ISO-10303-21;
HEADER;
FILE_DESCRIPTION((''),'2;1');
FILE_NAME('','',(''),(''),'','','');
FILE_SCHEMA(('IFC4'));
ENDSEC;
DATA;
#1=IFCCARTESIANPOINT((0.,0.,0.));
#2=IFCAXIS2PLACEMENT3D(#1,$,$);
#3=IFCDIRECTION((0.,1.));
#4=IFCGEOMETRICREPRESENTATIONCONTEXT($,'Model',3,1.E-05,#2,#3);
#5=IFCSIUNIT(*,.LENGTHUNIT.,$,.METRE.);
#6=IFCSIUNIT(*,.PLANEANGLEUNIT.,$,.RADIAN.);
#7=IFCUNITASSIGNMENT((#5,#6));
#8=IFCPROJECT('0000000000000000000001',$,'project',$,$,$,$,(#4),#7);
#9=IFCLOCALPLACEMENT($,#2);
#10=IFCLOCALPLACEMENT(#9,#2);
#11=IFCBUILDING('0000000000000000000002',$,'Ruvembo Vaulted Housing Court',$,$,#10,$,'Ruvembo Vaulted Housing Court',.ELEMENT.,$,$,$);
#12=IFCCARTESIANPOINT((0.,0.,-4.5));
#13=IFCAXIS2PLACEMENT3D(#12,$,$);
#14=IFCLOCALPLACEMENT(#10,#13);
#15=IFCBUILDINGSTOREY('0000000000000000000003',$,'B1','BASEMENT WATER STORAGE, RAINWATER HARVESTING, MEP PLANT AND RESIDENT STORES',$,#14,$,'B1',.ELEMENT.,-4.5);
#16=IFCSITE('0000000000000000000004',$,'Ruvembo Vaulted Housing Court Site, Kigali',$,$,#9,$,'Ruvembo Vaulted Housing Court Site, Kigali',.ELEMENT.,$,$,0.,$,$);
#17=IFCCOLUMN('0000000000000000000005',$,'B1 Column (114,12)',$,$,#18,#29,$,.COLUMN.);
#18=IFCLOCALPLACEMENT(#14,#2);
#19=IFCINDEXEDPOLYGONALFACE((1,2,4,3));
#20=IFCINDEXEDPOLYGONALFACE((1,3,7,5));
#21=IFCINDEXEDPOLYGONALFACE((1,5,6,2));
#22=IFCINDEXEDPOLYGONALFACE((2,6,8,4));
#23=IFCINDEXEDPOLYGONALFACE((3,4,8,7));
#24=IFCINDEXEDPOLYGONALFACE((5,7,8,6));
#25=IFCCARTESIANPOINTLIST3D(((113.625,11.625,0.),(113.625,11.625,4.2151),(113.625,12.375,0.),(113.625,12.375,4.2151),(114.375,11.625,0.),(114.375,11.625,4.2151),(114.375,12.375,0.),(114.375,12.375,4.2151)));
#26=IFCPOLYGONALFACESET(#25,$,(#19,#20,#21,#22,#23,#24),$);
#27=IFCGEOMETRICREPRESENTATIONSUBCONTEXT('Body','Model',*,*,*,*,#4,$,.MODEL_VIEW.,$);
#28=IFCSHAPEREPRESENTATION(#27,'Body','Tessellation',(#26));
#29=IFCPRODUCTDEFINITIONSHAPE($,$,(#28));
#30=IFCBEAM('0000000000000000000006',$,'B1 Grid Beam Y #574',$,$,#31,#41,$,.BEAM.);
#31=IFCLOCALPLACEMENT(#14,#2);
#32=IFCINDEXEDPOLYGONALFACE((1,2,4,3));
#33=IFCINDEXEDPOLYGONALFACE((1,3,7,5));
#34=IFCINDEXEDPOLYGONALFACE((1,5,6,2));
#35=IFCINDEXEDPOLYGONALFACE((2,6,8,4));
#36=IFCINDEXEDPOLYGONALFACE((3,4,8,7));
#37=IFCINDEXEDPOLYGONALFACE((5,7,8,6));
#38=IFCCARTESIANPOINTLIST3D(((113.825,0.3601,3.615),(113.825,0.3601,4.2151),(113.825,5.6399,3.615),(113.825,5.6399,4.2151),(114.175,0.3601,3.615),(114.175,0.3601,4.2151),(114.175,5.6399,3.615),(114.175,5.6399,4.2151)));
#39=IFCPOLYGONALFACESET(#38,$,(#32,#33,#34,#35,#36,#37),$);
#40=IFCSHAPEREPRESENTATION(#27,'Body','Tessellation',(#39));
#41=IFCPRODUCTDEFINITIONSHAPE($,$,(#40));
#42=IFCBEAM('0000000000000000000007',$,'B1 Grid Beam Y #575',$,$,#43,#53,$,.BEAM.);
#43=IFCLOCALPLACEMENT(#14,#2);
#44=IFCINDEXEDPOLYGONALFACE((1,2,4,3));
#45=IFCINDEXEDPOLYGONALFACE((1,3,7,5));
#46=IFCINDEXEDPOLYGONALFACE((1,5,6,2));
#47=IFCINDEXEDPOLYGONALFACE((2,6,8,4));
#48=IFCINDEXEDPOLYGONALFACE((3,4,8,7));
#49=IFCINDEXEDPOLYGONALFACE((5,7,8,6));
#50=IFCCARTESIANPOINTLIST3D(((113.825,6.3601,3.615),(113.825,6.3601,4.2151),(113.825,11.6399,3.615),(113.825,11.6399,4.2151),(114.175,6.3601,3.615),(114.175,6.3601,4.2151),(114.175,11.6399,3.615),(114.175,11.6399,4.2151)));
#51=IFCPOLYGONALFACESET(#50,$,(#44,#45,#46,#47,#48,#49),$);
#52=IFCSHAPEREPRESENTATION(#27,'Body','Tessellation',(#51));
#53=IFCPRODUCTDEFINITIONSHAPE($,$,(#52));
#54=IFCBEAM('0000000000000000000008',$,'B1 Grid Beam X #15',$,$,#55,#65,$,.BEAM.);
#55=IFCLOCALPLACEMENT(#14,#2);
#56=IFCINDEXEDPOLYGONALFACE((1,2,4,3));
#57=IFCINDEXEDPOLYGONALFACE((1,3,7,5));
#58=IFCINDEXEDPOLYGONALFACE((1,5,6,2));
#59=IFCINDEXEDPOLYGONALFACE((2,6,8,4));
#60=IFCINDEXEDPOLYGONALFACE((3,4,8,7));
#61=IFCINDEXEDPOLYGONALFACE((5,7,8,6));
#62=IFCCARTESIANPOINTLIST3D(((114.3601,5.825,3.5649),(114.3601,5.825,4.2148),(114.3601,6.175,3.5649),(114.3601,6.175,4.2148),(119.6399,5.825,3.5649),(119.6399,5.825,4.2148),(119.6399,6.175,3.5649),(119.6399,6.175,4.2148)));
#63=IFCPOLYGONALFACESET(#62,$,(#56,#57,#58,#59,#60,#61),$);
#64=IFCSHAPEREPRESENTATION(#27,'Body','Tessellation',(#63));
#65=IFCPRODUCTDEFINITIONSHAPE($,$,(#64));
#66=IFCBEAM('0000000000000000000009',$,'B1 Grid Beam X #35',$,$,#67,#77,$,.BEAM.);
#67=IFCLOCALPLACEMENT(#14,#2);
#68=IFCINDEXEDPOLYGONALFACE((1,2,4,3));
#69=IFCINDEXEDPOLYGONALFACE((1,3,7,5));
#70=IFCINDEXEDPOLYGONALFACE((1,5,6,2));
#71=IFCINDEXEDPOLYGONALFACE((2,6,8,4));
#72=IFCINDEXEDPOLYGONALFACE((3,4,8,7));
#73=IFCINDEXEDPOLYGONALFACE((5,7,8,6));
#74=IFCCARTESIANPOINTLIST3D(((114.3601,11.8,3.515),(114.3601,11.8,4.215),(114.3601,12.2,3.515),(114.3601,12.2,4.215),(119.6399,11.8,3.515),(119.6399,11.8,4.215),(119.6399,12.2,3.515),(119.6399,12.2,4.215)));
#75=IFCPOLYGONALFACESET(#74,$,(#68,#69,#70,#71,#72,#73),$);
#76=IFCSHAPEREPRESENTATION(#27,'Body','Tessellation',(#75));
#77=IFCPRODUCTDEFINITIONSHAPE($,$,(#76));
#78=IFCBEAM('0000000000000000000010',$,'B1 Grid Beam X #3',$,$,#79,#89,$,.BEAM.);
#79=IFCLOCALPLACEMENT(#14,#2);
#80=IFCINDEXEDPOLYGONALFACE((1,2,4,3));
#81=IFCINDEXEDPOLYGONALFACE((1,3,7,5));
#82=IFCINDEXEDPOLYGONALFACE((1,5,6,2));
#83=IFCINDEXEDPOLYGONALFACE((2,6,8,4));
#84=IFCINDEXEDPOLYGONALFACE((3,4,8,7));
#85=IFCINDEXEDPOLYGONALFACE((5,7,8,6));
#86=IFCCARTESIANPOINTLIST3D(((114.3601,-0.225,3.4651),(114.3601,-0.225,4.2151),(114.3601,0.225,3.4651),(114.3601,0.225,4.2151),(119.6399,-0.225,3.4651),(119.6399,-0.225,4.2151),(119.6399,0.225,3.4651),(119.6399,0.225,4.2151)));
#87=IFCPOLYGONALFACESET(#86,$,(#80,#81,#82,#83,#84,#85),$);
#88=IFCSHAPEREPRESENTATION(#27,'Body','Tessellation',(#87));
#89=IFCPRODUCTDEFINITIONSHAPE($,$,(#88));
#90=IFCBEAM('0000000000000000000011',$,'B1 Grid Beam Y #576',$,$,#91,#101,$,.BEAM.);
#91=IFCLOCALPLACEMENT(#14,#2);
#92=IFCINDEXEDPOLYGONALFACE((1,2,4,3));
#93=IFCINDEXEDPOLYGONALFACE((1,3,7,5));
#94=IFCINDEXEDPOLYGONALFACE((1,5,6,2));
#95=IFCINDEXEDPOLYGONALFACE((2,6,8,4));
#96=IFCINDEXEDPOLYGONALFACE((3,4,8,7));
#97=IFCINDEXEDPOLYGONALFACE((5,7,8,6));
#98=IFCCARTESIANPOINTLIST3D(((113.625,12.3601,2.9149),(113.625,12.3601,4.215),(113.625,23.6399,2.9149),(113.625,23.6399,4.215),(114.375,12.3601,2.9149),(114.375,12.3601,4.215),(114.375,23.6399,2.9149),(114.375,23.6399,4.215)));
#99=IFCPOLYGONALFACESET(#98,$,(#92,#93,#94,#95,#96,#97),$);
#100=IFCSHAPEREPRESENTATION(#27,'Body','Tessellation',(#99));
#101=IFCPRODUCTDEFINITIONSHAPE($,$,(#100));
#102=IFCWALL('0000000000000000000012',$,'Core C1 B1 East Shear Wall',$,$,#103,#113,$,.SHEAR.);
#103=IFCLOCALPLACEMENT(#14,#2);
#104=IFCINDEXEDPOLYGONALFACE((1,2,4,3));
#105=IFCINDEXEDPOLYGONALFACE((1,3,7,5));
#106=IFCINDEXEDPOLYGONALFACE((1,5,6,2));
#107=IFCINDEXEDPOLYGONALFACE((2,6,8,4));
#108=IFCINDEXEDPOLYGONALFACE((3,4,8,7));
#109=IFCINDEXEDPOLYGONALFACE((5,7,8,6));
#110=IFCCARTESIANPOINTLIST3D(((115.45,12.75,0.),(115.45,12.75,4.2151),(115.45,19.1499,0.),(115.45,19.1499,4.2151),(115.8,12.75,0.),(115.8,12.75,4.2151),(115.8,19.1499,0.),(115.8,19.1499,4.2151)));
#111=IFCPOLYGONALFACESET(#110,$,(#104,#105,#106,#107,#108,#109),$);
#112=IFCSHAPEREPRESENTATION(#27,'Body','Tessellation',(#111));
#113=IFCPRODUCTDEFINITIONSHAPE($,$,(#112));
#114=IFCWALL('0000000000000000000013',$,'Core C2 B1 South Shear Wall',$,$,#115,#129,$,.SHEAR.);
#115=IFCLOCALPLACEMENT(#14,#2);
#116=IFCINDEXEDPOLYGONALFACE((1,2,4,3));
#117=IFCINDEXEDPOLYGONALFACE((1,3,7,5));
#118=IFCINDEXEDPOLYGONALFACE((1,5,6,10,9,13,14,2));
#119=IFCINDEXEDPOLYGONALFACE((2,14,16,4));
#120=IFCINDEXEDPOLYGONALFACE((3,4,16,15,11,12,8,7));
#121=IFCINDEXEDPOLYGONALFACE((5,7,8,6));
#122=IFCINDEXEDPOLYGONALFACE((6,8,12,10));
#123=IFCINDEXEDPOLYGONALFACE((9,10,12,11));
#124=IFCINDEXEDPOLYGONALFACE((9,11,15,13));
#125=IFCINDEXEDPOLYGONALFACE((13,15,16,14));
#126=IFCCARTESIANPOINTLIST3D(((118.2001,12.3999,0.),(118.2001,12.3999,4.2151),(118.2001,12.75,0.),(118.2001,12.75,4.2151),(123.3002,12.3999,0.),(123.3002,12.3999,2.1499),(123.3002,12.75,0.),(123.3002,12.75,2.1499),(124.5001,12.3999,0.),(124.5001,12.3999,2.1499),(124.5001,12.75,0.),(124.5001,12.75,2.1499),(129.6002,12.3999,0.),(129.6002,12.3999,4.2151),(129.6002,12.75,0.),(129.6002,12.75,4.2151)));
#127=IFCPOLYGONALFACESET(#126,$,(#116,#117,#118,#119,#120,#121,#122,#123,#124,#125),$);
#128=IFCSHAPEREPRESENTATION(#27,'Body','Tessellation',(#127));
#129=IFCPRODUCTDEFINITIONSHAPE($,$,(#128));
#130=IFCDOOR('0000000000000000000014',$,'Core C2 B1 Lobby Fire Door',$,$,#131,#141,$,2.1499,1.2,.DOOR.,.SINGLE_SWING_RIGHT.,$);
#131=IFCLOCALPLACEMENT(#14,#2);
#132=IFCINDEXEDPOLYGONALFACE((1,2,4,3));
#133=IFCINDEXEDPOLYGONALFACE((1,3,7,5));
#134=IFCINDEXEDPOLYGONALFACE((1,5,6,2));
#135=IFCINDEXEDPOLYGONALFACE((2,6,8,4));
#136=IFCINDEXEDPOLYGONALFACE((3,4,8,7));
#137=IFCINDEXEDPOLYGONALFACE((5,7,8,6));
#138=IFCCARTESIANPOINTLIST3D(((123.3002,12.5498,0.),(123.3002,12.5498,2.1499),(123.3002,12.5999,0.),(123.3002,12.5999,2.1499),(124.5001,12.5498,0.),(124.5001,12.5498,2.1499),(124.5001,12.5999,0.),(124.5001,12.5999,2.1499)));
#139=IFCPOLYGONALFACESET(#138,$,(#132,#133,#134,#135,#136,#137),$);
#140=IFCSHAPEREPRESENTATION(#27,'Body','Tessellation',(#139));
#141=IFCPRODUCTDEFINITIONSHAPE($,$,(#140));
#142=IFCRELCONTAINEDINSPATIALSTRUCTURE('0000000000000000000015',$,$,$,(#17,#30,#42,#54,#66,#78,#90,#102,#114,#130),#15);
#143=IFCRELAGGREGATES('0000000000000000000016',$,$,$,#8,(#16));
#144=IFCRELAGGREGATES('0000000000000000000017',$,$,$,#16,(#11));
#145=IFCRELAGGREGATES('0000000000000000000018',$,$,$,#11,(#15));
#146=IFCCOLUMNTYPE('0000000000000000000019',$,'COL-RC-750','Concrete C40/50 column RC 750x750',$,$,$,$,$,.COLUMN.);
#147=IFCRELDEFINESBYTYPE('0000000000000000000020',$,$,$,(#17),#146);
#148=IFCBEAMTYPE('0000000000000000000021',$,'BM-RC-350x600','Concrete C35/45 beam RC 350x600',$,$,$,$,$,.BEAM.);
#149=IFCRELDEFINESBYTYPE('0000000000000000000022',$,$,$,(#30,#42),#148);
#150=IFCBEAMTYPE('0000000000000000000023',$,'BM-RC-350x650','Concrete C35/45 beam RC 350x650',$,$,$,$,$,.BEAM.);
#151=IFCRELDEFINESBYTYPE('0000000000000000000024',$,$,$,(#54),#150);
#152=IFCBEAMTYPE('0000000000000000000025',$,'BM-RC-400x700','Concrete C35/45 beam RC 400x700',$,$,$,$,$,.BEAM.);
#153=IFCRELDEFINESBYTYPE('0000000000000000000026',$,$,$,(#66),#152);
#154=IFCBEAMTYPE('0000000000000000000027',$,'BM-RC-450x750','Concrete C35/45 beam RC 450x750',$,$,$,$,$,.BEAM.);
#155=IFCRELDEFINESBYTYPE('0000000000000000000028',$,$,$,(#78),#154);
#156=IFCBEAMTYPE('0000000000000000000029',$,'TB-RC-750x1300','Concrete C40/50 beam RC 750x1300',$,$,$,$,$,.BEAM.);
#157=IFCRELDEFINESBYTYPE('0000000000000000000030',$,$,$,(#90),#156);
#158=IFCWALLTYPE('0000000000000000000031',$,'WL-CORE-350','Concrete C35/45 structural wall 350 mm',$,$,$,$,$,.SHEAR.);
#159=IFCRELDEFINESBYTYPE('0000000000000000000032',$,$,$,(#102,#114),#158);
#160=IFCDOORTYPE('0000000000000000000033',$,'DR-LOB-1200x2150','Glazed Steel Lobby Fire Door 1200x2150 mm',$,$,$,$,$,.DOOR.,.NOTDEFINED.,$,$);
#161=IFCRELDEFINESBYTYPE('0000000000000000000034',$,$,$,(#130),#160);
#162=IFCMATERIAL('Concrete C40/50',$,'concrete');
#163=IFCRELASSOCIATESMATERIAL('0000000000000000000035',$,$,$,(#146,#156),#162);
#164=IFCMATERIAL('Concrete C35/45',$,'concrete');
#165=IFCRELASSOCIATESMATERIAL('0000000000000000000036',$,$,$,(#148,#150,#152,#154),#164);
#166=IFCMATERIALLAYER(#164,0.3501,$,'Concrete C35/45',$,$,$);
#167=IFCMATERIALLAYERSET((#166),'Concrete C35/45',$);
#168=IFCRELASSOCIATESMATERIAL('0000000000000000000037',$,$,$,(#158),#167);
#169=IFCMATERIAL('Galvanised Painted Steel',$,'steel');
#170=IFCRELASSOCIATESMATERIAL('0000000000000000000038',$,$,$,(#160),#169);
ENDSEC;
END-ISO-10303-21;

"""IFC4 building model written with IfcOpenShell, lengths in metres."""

from ifc_helpers import new_model, si_unit, direction, frame, frame_2d, origin, origin_2d, place, context, subcontext, project, spatial, rectangle, extrude, material, layer, layer_set, material_profile, profile_set, type_object, element, fill, save


model = new_model("IFC4")

# Units and contexts
model_context = context("Model", 3, precision=1e-05, world=origin(), true_north=direction((0.0, 1.0)))
body_context = subcontext(model_context, "Body", "Model", "MODEL_VIEW")
ifc_project = project(units=[si_unit("LENGTHUNIT", "METRE"), si_unit("PLANEANGLEUNIT", "RADIAN")], contexts=[model_context])

# Site, building, storey
site_placement = place(None, origin())
site = spatial("IfcSite", under=ifc_project, at=site_placement, Name="Ruvembo Vaulted Housing Court Site, Kigali", LongName="Ruvembo Vaulted Housing Court Site, Kigali", CompositionType="ELEMENT", RefElevation=0.0)
building_placement = place(site_placement, origin())
building = spatial("IfcBuilding", under=site, at=building_placement, Name="Ruvembo Vaulted Housing Court", LongName="Ruvembo Vaulted Housing Court", CompositionType="ELEMENT")
storey_placement = place(building_placement, frame((0.0, 0.0, -4.5)))
storey = spatial("IfcBuildingStorey", under=building, at=storey_placement, Name="B1", Description="BASEMENT WATER STORAGE, RAINWATER HARVESTING, MEP PLANT AND RESIDENT STORES", LongName="B1", CompositionType="ELEMENT", Elevation=-4.5)

# Shared definitions
ifc_material_1 = material(Name="Concrete C35/45", Category="concrete")

# Column
ifc_material_2 = material(Name="Concrete C40/50", Category="concrete")
ifc_material_profile_1 = material_profile(ifc_material_2, rectangle(XDim=0.75, YDim=0.75, at=origin_2d()), Name="RC 750x750")
ifc_profile_set_1 = profile_set([ifc_material_profile_1], Name="Concrete C40/50")
column_type = type_object("IfcColumnType", Name="COL-RC-750", Description="Concrete C40/50 column RC 750x750", PredefinedType="COLUMN", material=ifc_profile_set_1)
for number, where, z_axis, x_axis, name in (
    (1, (114.0, 12.0, 0.0), (0.0, 0.0, 1.0), (1.0, 0.0, 0.0), "B1 Column (114,12)"),
):
    element("IfcColumn", number, at=place(storey_placement, frame(where, z_axis=z_axis, x_axis=x_axis)), inside=storey, type_object=column_type, Name=name, PredefinedType="COLUMN", context=body_context, shape_type="SweptSolid", body=[
        extrude(rectangle(XDim=0.75, YDim=0.75, at=origin_2d()), origin(), (0.0, 0.0, 1.0), 4.2151),
    ])

# Beams
ifc_material_profile_2 = material_profile(ifc_material_1, rectangle(XDim=0.3501, YDim=0.6001, at=origin_2d()), Name="RC 350x600")
ifc_profile_set_2 = profile_set([ifc_material_profile_2], Name="Concrete C35/45")
beam_type_1 = type_object("IfcBeamType", Name="BM-RC-350x600", Description="Concrete C35/45 beam RC 350x600", PredefinedType="BEAM", material=ifc_profile_set_2)
for number, where, z_axis, x_axis, name in (
    (2, (114.0, 0.3601, 3.915), (0.0, 1.0, 0.0), (-1.0, 0.0, 0.0), "B1 Grid Beam Y #574"),
    (3, (114.0, 6.3601, 3.915), (0.0, 1.0, 0.0), (-1.0, 0.0, 0.0), "B1 Grid Beam Y #575"),
):
    element("IfcBeam", number, at=place(storey_placement, frame(where, z_axis=z_axis, x_axis=x_axis)), inside=storey, type_object=beam_type_1, Name=name, PredefinedType="BEAM", context=body_context, shape_type="SweptSolid", body=[
        extrude(rectangle(XDim=0.3501, YDim=0.6001, at=origin_2d()), origin(), (0.0, 0.0, 1.0), 5.2798),
    ])
ifc_material_profile_3 = material_profile(ifc_material_1, rectangle(XDim=0.3501, YDim=0.6499, at=origin_2d()), Name="RC 350x650")
ifc_profile_set_3 = profile_set([ifc_material_profile_3], Name="Concrete C35/45")
beam_type_2 = type_object("IfcBeamType", Name="BM-RC-350x650", Description="Concrete C35/45 beam RC 350x650", PredefinedType="BEAM", material=ifc_profile_set_3)
beam_1_placement = place(storey_placement, frame((114.3601, 6.0, 3.8899), z_axis=(1.0, 0.0, 0.0), x_axis=(0.0, 1.0, 0.0)))
element("IfcBeam", 4, at=beam_1_placement, inside=storey, type_object=beam_type_2, Name="B1 Grid Beam X #15", PredefinedType="BEAM", context=body_context, shape_type="SweptSolid", body=[
    extrude(rectangle(XDim=0.3501, YDim=0.6499, at=origin_2d()), origin(), (0.0, 0.0, 1.0), 5.2798),
])
ifc_material_profile_4 = material_profile(ifc_material_1, rectangle(XDim=0.3999, YDim=0.7, at=origin_2d()), Name="RC 400x700")
ifc_profile_set_4 = profile_set([ifc_material_profile_4], Name="Concrete C35/45")
beam_type_3 = type_object("IfcBeamType", Name="BM-RC-400x700", Description="Concrete C35/45 beam RC 400x700", PredefinedType="BEAM", material=ifc_profile_set_4)
beam_2_placement = place(storey_placement, frame((114.3601, 12.0, 3.865), z_axis=(1.0, 0.0, 0.0), x_axis=(0.0, 1.0, 0.0)))
element("IfcBeam", 5, at=beam_2_placement, inside=storey, type_object=beam_type_3, Name="B1 Grid Beam X #35", PredefinedType="BEAM", context=body_context, shape_type="SweptSolid", body=[
    extrude(rectangle(XDim=0.3999, YDim=0.7, at=origin_2d()), origin(), (0.0, 0.0, 1.0), 5.2798),
])
ifc_material_profile_5 = material_profile(ifc_material_1, rectangle(XDim=0.45, YDim=0.75, at=origin_2d()), Name="RC 450x750")
ifc_profile_set_5 = profile_set([ifc_material_profile_5], Name="Concrete C35/45")
beam_type_4 = type_object("IfcBeamType", Name="BM-RC-450x750", Description="Concrete C35/45 beam RC 450x750", PredefinedType="BEAM", material=ifc_profile_set_5)
beam_3_placement = place(storey_placement, frame((114.3601, 0.0, 3.8401), z_axis=(1.0, 0.0, 0.0), x_axis=(0.0, 1.0, 0.0)))
element("IfcBeam", 6, at=beam_3_placement, inside=storey, type_object=beam_type_4, Name="B1 Grid Beam X #3", PredefinedType="BEAM", context=body_context, shape_type="SweptSolid", body=[
    extrude(rectangle(XDim=0.45, YDim=0.75, at=origin_2d()), origin(), (0.0, 0.0, 1.0), 5.2798),
])
ifc_material_profile_6 = material_profile(ifc_material_2, rectangle(XDim=0.75, YDim=1.3, at=origin_2d()), Name="RC 750x1300")
ifc_profile_set_6 = profile_set([ifc_material_profile_6], Name="Concrete C40/50")
beam_type_5 = type_object("IfcBeamType", Name="TB-RC-750x1300", Description="Concrete C40/50 beam RC 750x1300", PredefinedType="BEAM", material=ifc_profile_set_6)
beam_4_placement = place(storey_placement, frame((114.0, 12.3601, 3.5649), z_axis=(0.0, 1.0, 0.0), x_axis=(-1.0, 0.0, 0.0)))
element("IfcBeam", 7, at=beam_4_placement, inside=storey, type_object=beam_type_5, Name="B1 Grid Beam Y #576", PredefinedType="BEAM", context=body_context, shape_type="SweptSolid", body=[
    extrude(rectangle(XDim=0.75, YDim=1.3, at=origin_2d()), origin(), (0.0, 0.0, 1.0), 11.2798),
])

# Shared definitions
ifc_material_3 = material(Name="Galvanised Painted Steel", Category="steel")

# Wall
ifc_layer_1 = layer(ifc_material_1, 0.3501, Name="Concrete C35/45")
ifc_layer_set_1 = layer_set([ifc_layer_1], Name="Concrete C35/45")
wall_type_1 = type_object("IfcWallType", Name="WL-CORE-350", Description="Concrete C35/45 structural wall 350 mm", PredefinedType="SHEAR", material=ifc_layer_set_1)
wall_1_placement = place(storey_placement, frame((115.625, 12.75, 0.0), z_axis=(0.0, 0.0, 1.0), x_axis=(0.0, 1.0, 0.0)))
element("IfcWall", 8, at=wall_1_placement, inside=storey, type_object=wall_type_1, Name="Core C1 B1 East Shear Wall", PredefinedType="SHEAR", context=body_context, shape_type="SweptSolid", body=[
    extrude(rectangle(XDim=6.3999, YDim=0.3501, at=frame_2d((3.2, 0.0))), origin(), (0.0, 0.0, 1.0), 4.2151),
])

# Wall, opening, door
wall_2_placement = place(storey_placement, frame((118.2, 12.575, 0.0), z_axis=(0.0, 0.0, 1.0), x_axis=(1.0, 0.0, 0.0)))
wall_2 = element("IfcWall", 9, at=wall_2_placement, inside=storey, type_object=wall_type_1, Name="Core C2 B1 South Shear Wall", PredefinedType="SHEAR", context=body_context, shape_type="SweptSolid", body=[
    extrude(rectangle(XDim=11.4001, YDim=0.3501, at=frame_2d((5.7002, 0.0))), origin(), (0.0, 0.0, 1.0), 4.2151),
])
opening_1_placement = place(wall_2_placement, frame((5.1001, 0.0, 0.0)))
opening_1 = element("IfcOpeningElement", 10, at=opening_1_placement, cuts=wall_2, PredefinedType="OPENING", context=body_context, shape_type="SweptSolid", body=[
    extrude(rectangle(XDim=1.2, YDim=2.1499, at=frame_2d((0.6001, 1.075))), frame((0.0, 0.1851, 0.0), z_axis=(0.0, -1.0, 0.0), x_axis=(1.0, 0.0, 0.0)), (0.0, 0.0, 1.0), 0.3701),
])
door_type_1 = type_object("IfcDoorType", Name="DR-LOB-1200x2150", Description="Glazed Steel Lobby Fire Door 1200x2150 mm", OperationType="NOTDEFINED", PredefinedType="DOOR", material=ifc_material_3)
door_1_placement = place(opening_1_placement, origin())
door_1 = element("IfcDoor", 11, at=door_1_placement, inside=storey, type_object=door_type_1, Name="Core C2 B1 Lobby Fire Door", OperationType="SINGLE_SWING_RIGHT", OverallHeight=2.1499, OverallWidth=1.2, PredefinedType="DOOR", context=body_context, shape_type="SweptSolid", body=[
    extrude(rectangle(XDim=1.2, YDim=2.1499, at=frame_2d((0.6001, 1.075))), frame((0.0, 0.0249, 0.0), z_axis=(0.0, -1.0, 0.0), x_axis=(1.0, 0.0, 0.0)), (0.0, 0.0, 1.0), 0.05),
])
fill(opening_1, door_1)

save(model, "model.ifc")
